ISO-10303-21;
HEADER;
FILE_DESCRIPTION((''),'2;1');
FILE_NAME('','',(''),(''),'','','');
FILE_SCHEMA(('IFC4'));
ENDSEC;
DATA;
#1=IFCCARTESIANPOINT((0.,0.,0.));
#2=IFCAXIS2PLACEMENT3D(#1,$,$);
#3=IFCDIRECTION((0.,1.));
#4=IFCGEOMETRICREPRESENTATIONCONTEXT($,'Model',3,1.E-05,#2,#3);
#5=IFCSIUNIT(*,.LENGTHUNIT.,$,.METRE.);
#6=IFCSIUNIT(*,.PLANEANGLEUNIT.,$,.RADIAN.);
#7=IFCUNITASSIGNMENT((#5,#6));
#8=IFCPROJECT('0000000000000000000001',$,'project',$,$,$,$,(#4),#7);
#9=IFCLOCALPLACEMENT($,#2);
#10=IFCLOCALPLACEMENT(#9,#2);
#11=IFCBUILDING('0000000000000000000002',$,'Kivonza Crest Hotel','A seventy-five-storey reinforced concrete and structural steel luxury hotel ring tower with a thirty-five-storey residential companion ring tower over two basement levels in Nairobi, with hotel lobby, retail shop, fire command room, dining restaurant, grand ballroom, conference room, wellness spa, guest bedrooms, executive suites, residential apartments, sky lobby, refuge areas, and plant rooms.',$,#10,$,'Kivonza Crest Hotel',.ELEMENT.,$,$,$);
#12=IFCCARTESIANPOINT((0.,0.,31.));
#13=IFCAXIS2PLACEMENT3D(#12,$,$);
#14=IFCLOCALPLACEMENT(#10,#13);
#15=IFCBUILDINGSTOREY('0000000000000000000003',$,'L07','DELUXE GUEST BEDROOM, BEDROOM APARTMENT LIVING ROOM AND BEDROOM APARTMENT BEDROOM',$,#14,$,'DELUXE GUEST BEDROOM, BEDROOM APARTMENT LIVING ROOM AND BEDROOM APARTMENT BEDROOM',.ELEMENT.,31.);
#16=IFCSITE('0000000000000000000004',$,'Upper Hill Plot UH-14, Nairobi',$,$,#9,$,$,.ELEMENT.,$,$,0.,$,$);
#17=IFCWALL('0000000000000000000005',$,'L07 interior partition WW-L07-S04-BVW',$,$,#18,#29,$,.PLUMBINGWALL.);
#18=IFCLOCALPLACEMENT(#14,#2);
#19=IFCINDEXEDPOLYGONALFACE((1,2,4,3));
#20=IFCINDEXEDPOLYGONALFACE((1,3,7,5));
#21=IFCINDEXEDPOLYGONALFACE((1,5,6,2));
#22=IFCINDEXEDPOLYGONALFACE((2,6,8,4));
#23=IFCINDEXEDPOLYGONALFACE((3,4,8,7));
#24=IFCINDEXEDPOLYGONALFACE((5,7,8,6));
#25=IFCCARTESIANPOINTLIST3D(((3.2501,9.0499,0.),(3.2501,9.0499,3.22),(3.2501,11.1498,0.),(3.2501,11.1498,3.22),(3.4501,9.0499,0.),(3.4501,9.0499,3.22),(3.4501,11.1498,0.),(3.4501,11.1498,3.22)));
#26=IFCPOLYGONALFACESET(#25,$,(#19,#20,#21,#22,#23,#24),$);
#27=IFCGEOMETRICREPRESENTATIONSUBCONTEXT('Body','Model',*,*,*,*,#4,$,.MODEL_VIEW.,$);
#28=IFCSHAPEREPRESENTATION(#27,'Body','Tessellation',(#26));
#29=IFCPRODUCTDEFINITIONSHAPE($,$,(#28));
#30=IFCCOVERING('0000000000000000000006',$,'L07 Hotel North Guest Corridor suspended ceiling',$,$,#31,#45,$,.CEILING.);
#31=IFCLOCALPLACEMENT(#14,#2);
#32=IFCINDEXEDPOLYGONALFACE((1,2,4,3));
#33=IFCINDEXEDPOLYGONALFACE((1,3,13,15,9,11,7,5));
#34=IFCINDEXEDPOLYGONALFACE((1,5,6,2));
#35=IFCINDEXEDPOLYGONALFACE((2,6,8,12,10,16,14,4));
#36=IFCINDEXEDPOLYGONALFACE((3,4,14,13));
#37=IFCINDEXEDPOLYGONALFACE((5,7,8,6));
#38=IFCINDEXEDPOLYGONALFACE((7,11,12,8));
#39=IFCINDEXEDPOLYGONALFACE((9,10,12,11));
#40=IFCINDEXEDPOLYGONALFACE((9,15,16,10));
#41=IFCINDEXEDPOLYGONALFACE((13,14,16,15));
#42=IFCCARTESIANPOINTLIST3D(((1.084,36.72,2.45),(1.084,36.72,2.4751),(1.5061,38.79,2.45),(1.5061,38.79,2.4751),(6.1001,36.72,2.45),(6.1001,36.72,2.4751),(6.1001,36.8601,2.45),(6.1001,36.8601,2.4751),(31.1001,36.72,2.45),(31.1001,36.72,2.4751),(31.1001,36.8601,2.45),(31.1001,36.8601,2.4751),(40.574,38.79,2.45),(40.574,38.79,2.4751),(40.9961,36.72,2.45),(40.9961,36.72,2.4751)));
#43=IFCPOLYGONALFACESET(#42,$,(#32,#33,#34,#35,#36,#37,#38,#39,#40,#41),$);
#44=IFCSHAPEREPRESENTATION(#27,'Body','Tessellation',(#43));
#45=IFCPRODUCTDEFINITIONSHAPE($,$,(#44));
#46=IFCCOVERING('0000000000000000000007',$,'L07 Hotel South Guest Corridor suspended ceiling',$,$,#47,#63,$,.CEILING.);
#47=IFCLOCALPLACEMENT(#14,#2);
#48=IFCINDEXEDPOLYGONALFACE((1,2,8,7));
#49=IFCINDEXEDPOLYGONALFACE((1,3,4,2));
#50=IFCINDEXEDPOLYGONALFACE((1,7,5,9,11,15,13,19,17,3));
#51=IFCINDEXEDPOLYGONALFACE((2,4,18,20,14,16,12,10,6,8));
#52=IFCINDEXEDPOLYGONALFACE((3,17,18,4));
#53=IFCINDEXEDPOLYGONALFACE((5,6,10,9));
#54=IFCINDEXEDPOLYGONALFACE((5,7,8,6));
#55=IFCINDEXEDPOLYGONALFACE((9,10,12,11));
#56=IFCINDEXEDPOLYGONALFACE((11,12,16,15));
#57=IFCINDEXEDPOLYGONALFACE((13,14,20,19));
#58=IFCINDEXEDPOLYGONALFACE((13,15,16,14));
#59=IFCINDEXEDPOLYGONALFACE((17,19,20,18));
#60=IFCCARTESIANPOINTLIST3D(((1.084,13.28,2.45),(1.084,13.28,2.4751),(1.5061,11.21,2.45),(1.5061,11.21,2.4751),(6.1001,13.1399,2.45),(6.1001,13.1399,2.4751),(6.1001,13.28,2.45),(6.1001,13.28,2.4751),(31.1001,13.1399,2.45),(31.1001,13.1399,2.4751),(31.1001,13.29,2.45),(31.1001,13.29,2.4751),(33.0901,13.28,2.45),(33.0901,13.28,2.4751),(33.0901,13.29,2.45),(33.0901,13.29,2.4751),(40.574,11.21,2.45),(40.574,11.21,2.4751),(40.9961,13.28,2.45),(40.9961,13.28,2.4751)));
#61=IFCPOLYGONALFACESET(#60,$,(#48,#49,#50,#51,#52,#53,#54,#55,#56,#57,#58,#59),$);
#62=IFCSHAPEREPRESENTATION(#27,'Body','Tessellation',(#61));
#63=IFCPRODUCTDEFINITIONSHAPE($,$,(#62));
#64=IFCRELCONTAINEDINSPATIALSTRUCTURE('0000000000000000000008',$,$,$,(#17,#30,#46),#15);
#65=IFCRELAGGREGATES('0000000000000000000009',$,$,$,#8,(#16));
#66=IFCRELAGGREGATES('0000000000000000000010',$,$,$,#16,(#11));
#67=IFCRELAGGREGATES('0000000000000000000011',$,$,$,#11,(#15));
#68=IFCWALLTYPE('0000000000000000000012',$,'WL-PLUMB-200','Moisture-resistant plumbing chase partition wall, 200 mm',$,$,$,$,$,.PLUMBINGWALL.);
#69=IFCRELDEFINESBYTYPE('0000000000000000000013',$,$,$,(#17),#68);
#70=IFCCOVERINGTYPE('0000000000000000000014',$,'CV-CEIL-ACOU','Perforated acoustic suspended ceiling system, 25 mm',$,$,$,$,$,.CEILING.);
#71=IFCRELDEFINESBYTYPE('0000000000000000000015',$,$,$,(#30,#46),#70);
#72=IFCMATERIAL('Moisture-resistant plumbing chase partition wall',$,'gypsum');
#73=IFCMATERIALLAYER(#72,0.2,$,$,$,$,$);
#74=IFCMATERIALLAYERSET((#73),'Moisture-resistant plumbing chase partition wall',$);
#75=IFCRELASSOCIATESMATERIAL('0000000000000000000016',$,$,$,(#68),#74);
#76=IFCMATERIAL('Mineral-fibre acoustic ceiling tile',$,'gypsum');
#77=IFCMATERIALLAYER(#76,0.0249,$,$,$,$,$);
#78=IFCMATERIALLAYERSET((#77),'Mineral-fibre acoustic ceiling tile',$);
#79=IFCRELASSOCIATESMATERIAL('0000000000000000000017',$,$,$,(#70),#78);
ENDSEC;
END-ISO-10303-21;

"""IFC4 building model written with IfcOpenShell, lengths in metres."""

from ifc_helpers import new_model, si_unit, direction, frame, frame_2d, origin, place, context, subcontext, project, spatial, polyline, rectangle, outline, extrude, material, layer, layer_set, type_object, element, save


model = new_model("IFC4")

# Units and contexts
model_context = context("Model", 3, precision=1e-05, world=origin(), true_north=direction((0.0, 1.0)))
body_context = subcontext(model_context, "Body", "Model", "MODEL_VIEW")
ifc_project = project(units=[si_unit("LENGTHUNIT", "METRE"), si_unit("PLANEANGLEUNIT", "RADIAN")], contexts=[model_context])

# Site, building, storey
site_placement = place(None, origin())
site = spatial("IfcSite", under=ifc_project, at=site_placement, Name="Upper Hill Plot UH-14, Nairobi", CompositionType="ELEMENT", RefElevation=0.0)
building_placement = place(site_placement, origin())
building = spatial("IfcBuilding", under=site, at=building_placement, Name="Kivonza Crest Hotel", Description="A seventy-five-storey reinforced concrete and structural steel luxury hotel ring tower with a thirty-five-storey residential companion ring tower over two basement levels in Nairobi, with hotel lobby, retail shop, fire command room, dining restaurant, grand ballroom, conference room, wellness spa, guest bedrooms, executive suites, residential apartments, sky lobby, refuge areas, and plant rooms.", LongName="Kivonza Crest Hotel", CompositionType="ELEMENT")
storey_placement = place(building_placement, frame((0.0, 0.0, 31.0)))
storey = spatial("IfcBuildingStorey", under=building, at=storey_placement, Name="L07", Description="DELUXE GUEST BEDROOM, BEDROOM APARTMENT LIVING ROOM AND BEDROOM APARTMENT BEDROOM", LongName="DELUXE GUEST BEDROOM, BEDROOM APARTMENT LIVING ROOM AND BEDROOM APARTMENT BEDROOM", CompositionType="ELEMENT", Elevation=31.0)

# Wall
ifc_material_1 = material(Name="Moisture-resistant plumbing chase partition wall", Category="gypsum")
ifc_layer_1 = layer(ifc_material_1, 0.2)
ifc_layer_set_1 = layer_set([ifc_layer_1], Name="Moisture-resistant plumbing chase partition wall")
wall_type_1 = type_object("IfcWallType", Name="WL-PLUMB-200", Description="Moisture-resistant plumbing chase partition wall, 200 mm", PredefinedType="PLUMBINGWALL", material=ifc_layer_set_1)
wall_1_placement = place(storey_placement, frame((3.3501, 9.05, 0.0), z_axis=(0.0, 0.0, 1.0), x_axis=(0.0, 1.0, 0.0)))
element("IfcWall", 1, at=wall_1_placement, inside=storey, type_object=wall_type_1, Name="L07 interior partition WW-L07-S04-BVW", PredefinedType="PLUMBINGWALL", context=body_context, shape_type="SweptSolid", body=[
    extrude(rectangle(XDim=2.0999, YDim=0.2, at=frame_2d((1.0498, 0.0))), origin(), (0.0, 0.0, 1.0), 3.22),
])

# Coverings
ifc_material_2 = material(Name="Mineral-fibre acoustic ceiling tile", Category="gypsum")
ifc_layer_2 = layer(ifc_material_2, 0.0249)
ifc_layer_set_2 = layer_set([ifc_layer_2], Name="Mineral-fibre acoustic ceiling tile")
covering_type = type_object("IfcCoveringType", Name="CV-CEIL-ACOU", Description="Perforated acoustic suspended ceiling system, 25 mm", PredefinedType="CEILING", material=ifc_layer_set_2)
covering_1_placement = place(storey_placement, frame((0.0, 0.0, 2.45)))
element("IfcCovering", 2, at=covering_1_placement, inside=storey, type_object=covering_type, Name="L07 Hotel North Guest Corridor suspended ceiling", PredefinedType="CEILING", context=body_context, shape_type="SweptSolid", body=[
    extrude(outline(polyline([(1.5061, 38.79), (1.084, 36.72), (6.1001, 36.72), (6.1001, 36.8601), (31.1001, 36.8601), (31.1001, 36.72), (40.9961, 36.72), (40.574, 38.79), (1.5061, 38.79)])), origin(), (0.0, 0.0, 1.0), 0.0251),
])
covering_2_placement = place(storey_placement, frame((0.0, 0.0, 2.45)))
element("IfcCovering", 3, at=covering_2_placement, inside=storey, type_object=covering_type, Name="L07 Hotel South Guest Corridor suspended ceiling", PredefinedType="CEILING", context=body_context, shape_type="SweptSolid", body=[
    extrude(outline(polyline([(31.1001, 13.29), (31.1001, 13.1399), (6.1001, 13.1399), (6.1001, 13.28), (1.084, 13.28), (1.5061, 11.21), (40.574, 11.21), (40.9961, 13.28), (33.0901, 13.28), (33.0901, 13.29), (31.1001, 13.29)])), origin(), (0.0, 0.0, 1.0), 0.0251),
])

save(model, "model.ifc")
